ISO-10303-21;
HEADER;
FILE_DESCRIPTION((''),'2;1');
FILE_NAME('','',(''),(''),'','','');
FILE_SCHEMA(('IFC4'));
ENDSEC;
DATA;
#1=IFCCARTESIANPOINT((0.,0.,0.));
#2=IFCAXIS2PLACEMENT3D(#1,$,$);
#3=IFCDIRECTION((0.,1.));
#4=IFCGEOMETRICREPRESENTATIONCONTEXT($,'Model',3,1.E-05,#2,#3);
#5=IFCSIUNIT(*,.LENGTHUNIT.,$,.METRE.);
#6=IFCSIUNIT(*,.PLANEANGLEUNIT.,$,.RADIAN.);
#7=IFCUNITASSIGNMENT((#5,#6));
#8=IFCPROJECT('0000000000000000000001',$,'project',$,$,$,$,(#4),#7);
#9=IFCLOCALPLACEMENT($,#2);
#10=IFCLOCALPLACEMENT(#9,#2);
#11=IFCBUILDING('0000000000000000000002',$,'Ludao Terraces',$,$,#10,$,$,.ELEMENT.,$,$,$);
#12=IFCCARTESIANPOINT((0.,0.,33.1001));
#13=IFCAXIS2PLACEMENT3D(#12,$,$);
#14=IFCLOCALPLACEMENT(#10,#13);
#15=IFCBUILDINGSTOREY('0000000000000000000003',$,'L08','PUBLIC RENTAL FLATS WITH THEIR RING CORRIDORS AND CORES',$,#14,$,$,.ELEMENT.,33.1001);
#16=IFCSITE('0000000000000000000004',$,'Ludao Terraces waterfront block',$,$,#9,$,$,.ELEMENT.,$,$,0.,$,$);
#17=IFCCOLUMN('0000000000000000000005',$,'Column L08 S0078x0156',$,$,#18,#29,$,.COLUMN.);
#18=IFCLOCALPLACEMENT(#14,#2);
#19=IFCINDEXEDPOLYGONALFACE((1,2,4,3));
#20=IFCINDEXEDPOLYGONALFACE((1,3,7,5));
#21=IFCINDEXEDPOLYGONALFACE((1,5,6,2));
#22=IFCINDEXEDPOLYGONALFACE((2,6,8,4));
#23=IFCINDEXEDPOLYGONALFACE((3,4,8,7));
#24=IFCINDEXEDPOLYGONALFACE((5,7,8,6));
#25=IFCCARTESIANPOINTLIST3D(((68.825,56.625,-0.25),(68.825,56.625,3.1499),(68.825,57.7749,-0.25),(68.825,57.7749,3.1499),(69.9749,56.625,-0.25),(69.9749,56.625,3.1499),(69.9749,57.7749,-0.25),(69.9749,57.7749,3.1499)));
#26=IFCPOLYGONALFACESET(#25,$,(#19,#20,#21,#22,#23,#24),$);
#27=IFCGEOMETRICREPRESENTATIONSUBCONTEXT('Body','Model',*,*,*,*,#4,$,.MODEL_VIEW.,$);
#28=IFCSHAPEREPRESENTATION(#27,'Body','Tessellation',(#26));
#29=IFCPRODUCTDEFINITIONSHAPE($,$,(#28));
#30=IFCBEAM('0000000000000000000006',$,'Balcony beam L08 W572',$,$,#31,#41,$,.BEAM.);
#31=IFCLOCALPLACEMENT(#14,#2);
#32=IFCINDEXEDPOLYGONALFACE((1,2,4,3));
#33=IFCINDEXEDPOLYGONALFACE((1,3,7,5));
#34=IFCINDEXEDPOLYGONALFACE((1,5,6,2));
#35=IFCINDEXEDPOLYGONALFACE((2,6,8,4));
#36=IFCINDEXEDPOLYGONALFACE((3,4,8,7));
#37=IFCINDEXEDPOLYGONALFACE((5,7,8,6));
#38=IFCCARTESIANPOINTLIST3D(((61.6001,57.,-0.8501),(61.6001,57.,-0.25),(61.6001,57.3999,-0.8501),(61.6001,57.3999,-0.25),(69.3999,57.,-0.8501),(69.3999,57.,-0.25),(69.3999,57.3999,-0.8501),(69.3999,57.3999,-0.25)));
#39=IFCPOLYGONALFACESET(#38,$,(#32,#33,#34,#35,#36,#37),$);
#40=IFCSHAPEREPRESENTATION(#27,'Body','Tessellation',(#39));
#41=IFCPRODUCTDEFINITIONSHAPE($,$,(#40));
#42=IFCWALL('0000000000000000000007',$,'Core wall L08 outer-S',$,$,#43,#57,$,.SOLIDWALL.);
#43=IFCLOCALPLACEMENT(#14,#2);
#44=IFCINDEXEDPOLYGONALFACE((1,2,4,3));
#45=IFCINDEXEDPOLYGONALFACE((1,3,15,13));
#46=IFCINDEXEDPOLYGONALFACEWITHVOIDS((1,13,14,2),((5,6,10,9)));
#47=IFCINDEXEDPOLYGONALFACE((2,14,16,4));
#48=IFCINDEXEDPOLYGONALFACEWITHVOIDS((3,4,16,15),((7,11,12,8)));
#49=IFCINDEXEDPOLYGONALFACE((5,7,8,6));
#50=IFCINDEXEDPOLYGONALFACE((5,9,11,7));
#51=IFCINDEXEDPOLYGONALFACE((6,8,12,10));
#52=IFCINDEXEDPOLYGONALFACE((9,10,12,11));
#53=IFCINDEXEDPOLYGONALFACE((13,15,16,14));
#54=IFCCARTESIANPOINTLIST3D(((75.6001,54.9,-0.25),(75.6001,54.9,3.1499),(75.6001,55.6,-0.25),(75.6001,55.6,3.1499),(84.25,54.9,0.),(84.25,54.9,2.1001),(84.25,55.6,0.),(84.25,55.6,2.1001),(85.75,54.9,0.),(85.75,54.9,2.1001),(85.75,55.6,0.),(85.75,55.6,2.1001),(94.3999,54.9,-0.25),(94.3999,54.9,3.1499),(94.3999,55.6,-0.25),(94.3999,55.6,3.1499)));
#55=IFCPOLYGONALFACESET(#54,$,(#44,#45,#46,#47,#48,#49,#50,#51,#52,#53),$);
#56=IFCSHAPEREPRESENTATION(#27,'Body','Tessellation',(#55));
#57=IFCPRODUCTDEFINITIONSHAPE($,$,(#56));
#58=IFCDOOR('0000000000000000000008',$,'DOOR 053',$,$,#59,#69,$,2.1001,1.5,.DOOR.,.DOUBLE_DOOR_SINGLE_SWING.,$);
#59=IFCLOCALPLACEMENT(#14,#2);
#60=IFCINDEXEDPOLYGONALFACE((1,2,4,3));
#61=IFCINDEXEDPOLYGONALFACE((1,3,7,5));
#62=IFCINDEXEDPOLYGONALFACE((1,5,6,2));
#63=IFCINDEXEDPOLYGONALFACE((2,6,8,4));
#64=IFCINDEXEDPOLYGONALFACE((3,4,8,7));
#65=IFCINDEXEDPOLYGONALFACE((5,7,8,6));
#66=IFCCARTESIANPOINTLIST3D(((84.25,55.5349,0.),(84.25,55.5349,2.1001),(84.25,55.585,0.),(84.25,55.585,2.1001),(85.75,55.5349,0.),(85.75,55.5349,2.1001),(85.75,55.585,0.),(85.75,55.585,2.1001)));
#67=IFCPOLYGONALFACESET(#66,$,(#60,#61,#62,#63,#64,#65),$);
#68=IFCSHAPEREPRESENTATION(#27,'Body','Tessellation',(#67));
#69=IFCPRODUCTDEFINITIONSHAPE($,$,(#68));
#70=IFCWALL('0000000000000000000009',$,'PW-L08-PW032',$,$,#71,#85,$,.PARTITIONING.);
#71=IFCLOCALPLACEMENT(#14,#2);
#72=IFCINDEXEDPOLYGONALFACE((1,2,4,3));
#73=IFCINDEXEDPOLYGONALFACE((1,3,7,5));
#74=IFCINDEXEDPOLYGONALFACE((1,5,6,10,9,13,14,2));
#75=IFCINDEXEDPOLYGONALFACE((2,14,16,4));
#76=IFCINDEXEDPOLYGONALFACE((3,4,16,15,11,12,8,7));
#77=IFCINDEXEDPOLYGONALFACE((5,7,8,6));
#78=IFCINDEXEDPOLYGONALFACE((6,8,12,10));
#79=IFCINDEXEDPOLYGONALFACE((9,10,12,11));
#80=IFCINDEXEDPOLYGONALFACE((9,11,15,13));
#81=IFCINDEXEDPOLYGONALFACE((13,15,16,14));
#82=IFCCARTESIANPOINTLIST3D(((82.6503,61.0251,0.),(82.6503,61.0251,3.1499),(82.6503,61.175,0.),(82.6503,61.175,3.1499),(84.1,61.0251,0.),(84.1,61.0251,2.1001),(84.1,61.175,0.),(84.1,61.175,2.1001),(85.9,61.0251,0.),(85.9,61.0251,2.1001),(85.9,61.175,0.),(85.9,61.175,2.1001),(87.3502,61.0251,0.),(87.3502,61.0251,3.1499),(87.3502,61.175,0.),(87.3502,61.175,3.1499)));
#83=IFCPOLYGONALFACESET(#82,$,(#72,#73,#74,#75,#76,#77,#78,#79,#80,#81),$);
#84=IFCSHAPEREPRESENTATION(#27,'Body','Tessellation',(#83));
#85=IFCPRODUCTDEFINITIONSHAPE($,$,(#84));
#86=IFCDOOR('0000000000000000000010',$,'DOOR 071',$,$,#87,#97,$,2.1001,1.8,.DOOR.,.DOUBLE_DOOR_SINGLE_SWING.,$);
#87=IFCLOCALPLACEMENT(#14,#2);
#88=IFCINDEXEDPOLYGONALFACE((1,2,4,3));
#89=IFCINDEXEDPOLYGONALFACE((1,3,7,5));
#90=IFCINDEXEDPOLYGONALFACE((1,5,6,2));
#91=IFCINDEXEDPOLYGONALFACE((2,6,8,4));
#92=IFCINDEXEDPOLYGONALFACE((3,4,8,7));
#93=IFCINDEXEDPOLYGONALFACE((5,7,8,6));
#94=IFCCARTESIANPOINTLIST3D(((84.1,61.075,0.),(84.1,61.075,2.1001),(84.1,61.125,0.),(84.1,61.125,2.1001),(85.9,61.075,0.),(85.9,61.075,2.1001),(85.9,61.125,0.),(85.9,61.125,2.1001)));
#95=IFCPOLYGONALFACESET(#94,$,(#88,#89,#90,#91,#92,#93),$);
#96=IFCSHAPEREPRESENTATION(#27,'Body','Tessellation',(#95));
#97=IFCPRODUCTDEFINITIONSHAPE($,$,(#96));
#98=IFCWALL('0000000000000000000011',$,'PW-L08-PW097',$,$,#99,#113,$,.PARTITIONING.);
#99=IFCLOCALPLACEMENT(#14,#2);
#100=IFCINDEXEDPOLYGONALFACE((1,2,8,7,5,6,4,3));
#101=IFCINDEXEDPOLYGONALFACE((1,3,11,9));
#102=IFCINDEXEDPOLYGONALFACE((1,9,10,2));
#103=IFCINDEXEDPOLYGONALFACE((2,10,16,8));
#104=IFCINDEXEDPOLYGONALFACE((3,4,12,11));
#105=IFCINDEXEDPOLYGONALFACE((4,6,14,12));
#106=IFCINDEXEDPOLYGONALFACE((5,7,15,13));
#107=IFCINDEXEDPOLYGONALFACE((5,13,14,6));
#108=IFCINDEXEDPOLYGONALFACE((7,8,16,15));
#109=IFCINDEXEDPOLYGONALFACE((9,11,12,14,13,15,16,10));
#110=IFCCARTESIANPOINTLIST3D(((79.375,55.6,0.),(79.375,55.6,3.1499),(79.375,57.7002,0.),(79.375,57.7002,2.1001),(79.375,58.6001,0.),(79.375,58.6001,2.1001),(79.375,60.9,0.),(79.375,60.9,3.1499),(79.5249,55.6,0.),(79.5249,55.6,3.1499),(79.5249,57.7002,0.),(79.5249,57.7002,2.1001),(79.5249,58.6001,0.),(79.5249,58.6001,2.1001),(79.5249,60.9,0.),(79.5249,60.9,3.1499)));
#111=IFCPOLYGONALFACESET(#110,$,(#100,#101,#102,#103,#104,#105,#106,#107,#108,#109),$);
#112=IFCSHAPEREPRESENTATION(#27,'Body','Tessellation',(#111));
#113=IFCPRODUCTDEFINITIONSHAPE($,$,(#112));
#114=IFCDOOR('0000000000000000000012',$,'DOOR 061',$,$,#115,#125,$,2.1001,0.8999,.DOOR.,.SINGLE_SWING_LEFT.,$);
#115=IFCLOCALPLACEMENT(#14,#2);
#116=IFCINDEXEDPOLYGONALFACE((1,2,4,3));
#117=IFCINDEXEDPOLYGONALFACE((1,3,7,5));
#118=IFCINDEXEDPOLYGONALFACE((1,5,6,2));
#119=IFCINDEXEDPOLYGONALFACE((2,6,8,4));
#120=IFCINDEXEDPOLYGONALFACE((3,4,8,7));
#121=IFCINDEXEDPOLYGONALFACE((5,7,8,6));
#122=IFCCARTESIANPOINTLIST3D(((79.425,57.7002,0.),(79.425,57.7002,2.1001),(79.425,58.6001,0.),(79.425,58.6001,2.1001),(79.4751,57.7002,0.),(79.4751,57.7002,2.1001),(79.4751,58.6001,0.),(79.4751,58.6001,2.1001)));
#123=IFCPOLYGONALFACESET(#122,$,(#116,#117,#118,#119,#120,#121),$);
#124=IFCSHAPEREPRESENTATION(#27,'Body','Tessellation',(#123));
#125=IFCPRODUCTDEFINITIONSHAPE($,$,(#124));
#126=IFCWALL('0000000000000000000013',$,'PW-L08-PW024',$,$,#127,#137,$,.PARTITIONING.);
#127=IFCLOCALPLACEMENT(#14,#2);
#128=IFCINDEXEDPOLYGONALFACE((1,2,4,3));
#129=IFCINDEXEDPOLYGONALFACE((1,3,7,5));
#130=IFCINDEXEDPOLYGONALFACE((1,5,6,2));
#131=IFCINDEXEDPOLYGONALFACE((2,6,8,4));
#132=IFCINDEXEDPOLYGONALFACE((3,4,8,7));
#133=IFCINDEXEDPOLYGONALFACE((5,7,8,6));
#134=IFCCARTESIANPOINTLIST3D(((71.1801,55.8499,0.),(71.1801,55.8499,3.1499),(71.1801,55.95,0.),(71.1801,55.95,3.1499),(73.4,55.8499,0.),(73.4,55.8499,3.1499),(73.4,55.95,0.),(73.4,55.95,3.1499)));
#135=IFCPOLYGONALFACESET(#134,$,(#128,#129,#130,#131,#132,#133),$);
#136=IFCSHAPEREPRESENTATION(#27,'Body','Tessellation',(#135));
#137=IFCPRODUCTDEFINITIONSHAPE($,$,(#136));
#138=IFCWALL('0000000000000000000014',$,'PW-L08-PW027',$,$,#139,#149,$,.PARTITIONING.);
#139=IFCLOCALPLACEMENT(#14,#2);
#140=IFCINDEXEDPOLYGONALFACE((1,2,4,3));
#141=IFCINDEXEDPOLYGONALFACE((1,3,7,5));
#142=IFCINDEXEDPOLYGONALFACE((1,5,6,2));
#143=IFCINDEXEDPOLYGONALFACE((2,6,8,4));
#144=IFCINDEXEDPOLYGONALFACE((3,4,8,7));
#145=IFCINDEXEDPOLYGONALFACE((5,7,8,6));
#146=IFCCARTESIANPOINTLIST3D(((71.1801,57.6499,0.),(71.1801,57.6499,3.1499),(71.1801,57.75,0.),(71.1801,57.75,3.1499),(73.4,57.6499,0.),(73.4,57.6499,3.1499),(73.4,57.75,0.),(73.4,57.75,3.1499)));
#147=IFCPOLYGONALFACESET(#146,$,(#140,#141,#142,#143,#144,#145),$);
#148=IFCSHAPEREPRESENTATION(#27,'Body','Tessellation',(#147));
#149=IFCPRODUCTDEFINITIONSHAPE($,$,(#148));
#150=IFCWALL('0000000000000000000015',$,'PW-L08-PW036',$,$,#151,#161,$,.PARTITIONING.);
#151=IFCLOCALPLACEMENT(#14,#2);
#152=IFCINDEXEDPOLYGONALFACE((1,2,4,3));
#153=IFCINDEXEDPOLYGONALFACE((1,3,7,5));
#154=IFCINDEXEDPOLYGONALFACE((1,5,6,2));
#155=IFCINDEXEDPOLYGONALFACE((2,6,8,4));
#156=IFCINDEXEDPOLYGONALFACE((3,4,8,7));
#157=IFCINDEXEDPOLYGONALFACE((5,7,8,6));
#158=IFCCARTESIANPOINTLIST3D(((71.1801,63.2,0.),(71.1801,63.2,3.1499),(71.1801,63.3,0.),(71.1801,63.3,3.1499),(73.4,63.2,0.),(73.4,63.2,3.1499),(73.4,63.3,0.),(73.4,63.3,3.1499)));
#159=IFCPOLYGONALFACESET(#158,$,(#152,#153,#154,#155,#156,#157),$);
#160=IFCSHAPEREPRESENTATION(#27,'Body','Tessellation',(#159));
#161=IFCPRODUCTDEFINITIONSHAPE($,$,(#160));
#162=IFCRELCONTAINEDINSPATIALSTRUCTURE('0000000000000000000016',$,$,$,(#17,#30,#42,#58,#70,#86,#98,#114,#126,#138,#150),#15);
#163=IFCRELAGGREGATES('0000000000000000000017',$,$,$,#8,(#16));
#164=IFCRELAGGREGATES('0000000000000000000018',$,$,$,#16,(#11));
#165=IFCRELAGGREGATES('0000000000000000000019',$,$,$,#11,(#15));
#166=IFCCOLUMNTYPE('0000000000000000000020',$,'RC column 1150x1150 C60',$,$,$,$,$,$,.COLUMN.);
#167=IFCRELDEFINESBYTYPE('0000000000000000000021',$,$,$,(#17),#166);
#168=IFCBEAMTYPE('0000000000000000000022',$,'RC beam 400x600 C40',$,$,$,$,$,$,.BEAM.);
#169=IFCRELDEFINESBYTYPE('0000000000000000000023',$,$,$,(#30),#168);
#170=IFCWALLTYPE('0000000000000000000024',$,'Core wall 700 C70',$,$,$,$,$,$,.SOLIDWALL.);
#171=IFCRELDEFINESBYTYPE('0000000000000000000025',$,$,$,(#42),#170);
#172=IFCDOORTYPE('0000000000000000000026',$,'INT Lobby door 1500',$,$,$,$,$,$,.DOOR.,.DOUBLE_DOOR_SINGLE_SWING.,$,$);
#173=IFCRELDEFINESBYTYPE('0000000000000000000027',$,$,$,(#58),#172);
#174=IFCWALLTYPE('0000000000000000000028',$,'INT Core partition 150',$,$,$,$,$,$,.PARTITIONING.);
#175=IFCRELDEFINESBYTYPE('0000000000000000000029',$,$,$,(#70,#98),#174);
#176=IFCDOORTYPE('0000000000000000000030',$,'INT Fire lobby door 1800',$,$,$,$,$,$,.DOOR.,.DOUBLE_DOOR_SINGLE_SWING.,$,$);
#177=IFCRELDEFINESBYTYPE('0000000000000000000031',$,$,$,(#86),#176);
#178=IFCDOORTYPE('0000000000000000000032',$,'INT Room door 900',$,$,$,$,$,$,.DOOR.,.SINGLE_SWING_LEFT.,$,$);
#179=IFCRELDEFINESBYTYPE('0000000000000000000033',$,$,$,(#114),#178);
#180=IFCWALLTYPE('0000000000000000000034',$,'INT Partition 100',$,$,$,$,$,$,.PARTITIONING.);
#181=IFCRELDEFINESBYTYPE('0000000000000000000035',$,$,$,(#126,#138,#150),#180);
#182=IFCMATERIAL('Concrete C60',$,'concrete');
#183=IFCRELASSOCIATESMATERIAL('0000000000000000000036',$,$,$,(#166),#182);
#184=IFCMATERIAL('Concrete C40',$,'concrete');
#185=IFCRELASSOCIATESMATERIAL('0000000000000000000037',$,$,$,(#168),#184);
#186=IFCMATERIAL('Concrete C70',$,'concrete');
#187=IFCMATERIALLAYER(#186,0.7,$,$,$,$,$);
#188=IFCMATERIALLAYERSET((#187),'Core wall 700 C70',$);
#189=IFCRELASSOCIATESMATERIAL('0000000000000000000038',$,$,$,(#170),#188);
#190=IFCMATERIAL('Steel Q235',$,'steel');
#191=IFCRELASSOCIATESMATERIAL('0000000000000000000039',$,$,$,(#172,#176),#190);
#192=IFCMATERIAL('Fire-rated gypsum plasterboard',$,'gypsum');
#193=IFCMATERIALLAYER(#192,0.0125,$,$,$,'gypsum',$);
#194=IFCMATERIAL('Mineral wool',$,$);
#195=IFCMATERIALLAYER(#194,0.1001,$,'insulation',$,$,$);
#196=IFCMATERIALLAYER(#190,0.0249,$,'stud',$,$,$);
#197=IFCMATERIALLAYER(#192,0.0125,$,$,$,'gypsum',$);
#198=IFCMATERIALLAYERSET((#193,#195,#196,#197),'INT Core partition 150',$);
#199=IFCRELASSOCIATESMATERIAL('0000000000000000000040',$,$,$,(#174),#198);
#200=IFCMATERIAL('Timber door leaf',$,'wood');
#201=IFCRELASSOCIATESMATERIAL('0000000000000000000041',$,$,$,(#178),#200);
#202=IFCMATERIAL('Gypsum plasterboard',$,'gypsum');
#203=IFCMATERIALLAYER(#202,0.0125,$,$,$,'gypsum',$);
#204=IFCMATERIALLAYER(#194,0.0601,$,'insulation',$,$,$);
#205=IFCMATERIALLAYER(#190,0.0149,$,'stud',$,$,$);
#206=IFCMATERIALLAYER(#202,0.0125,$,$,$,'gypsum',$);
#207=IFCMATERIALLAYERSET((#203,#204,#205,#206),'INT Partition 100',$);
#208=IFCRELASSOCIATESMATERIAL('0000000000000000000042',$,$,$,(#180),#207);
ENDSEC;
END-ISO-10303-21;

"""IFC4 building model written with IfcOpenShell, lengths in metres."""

from ifc_helpers import new_model, si_unit, direction, frame, frame_2d, origin, origin_2d, place, context, subcontext, project, spatial, rectangle, extrude, material, layer, layer_set, material_profile, profile_set, type_object, element, fill, save


model = new_model("IFC4")

# Units and contexts
model_context = context("Model", 3, precision=1e-05, world=origin(), true_north=direction((0.0, 1.0)))
body_context = subcontext(model_context, "Body", "Model", "MODEL_VIEW")
ifc_project = project(units=[si_unit("LENGTHUNIT", "METRE"), si_unit("PLANEANGLEUNIT", "RADIAN")], contexts=[model_context])

# Site, building, storey
site_placement = place(None, origin())
site = spatial("IfcSite", under=ifc_project, at=site_placement, Name="Ludao Terraces waterfront block", CompositionType="ELEMENT", RefElevation=0.0)
building_placement = place(site_placement, origin())
building = spatial("IfcBuilding", under=site, at=building_placement, Name="Ludao Terraces", CompositionType="ELEMENT")
storey_placement = place(building_placement, frame((0.0, 0.0, 33.1001)))
storey = spatial("IfcBuildingStorey", under=building, at=storey_placement, Name="L08", Description="PUBLIC RENTAL FLATS WITH THEIR RING CORRIDORS AND CORES", CompositionType="ELEMENT", Elevation=33.1001)

# Column
ifc_material_1 = material(Name="Concrete C60", Category="concrete")
ifc_material_profile_1 = material_profile(ifc_material_1, rectangle(XDim=1.1499, YDim=1.1499, at=origin_2d()), Name="1150 X 1150")
ifc_profile_set_1 = profile_set([ifc_material_profile_1], Name="Concrete C60")
column_type = type_object("IfcColumnType", Name="RC column 1150x1150 C60", PredefinedType="COLUMN", material=ifc_profile_set_1)
column_placement = place(storey_placement, frame((69.3999, 57.2, -0.25), z_axis=(0.0, 0.0, 1.0), x_axis=(1.0, 0.0, 0.0)))
element("IfcColumn", 1, at=column_placement, inside=storey, type_object=column_type, Name="Column L08 S0078x0156", PredefinedType="COLUMN", context=body_context, shape_type="SweptSolid", body=[
    extrude(rectangle(XDim=1.1499, YDim=1.1499, at=origin_2d()), origin(), (0.0, 0.0, 1.0), 3.3999),
])

# Beam
ifc_material_2 = material(Name="Concrete C40", Category="concrete")
ifc_material_profile_2 = material_profile(ifc_material_2, rectangle(XDim=0.3999, YDim=0.6001, at=origin_2d()), Name="400 X 600")
ifc_profile_set_2 = profile_set([ifc_material_profile_2], Name="Concrete C40")
beam_type = type_object("IfcBeamType", Name="RC beam 400x600 C40", PredefinedType="BEAM", material=ifc_profile_set_2)
beam_placement = place(storey_placement, frame((69.3999, 57.2, -0.55), z_axis=(-1.0, 0.0, 0.0), x_axis=(0.0, -1.0, 0.0)))
element("IfcBeam", 2, at=beam_placement, inside=storey, type_object=beam_type, Name="Balcony beam L08 W572", PredefinedType="BEAM", context=body_context, shape_type="SweptSolid", body=[
    extrude(rectangle(XDim=0.3999, YDim=0.6001, at=origin_2d()), origin(), (0.0, 0.0, 1.0), 7.7998),
])

# Walls, openings, doors
ifc_material_3 = material(Name="Concrete C70", Category="concrete")
ifc_layer_1 = layer(ifc_material_3, 0.7)
ifc_layer_set_1 = layer_set([ifc_layer_1], Name="Core wall 700 C70")
wall_type_1 = type_object("IfcWallType", Name="Core wall 700 C70", PredefinedType="SOLIDWALL", material=ifc_layer_set_1)
wall_1_placement = place(storey_placement, frame((75.6001, 55.25, -0.25), z_axis=(0.0, 0.0, 1.0), x_axis=(1.0, 0.0, 0.0)))
wall_1 = element("IfcWall", 3, at=wall_1_placement, inside=storey, type_object=wall_type_1, Name="Core wall L08 outer-S", PredefinedType="SOLIDWALL", context=body_context, shape_type="SweptSolid", body=[
    extrude(rectangle(XDim=18.7998, YDim=0.7, at=frame_2d((9.3999, 0.0))), origin(), (0.0, 0.0, 1.0), 3.3999),
])
opening_1_placement = place(wall_1_placement, frame((8.6499, 0.0, 0.25)))
opening_1 = element("IfcOpeningElement", 4, at=opening_1_placement, cuts=wall_1, PredefinedType="OPENING", context=body_context, shape_type="SweptSolid", body=[
    extrude(rectangle(XDim=1.5, YDim=2.1001, at=frame_2d((0.75, 1.05))), frame((0.0, 0.3599, 0.0), z_axis=(0.0, -1.0, 0.0), x_axis=(1.0, 0.0, 0.0)), (0.0, 0.0, 1.0), 0.72),
])
ifc_material_4 = material(Name="Steel Q235", Category="steel")
door_type_1 = type_object("IfcDoorType", Name="INT Lobby door 1500", OperationType="DOUBLE_DOOR_SINGLE_SWING", PredefinedType="DOOR", material=ifc_material_4)
door_1_placement = place(opening_1_placement, origin())
door_1 = element("IfcDoor", 5, at=door_1_placement, inside=storey, type_object=door_type_1, Name="DOOR 053", OperationType="DOUBLE_DOOR_SINGLE_SWING", OverallHeight=2.1001, OverallWidth=1.5, PredefinedType="DOOR", context=body_context, shape_type="SweptSolid", body=[
    extrude(rectangle(XDim=1.5, YDim=2.1001, at=frame_2d((0.75, 1.05))), frame((0.0, 0.335, 0.0), z_axis=(0.0, -1.0, 0.0), x_axis=(1.0, 0.0, 0.0)), (0.0, 0.0, 1.0), 0.05),
])
fill(opening_1, door_1)
ifc_material_5 = material(Name="Fire-rated gypsum plasterboard", Category="gypsum")
ifc_layer_2 = layer(ifc_material_5, 0.0125, Category="gypsum")
ifc_material_6 = material(Name="Mineral wool")
ifc_layer_3 = layer(ifc_material_6, 0.1001, Name="insulation")
ifc_layer_4 = layer(ifc_material_4, 0.0249, Name="stud")
ifc_layer_5 = layer(ifc_material_5, 0.0125, Category="gypsum")
ifc_layer_set_2 = layer_set([ifc_layer_2, ifc_layer_3, ifc_layer_4, ifc_layer_5], Name="INT Core partition 150")
wall_type_2 = type_object("IfcWallType", Name="INT Core partition 150", PredefinedType="PARTITIONING", material=ifc_layer_set_2)
wall_2_placement = place(storey_placement, frame((82.6501, 61.1001, 0.0), z_axis=(0.0, 0.0, 1.0), x_axis=(1.0, 0.0, 0.0)))
wall_2 = element("IfcWall", 6, at=wall_2_placement, inside=storey, type_object=wall_type_2, Name="PW-L08-PW032", PredefinedType="PARTITIONING", context=body_context, shape_type="SweptSolid", body=[
    extrude(rectangle(XDim=4.7, YDim=0.1499, at=frame_2d((2.3501, 0.0))), origin(), (0.0, 0.0, 1.0), 3.1499),
])
opening_2_placement = place(wall_2_placement, frame((1.45, 0.0, 0.0)))
opening_2 = element("IfcOpeningElement", 7, at=opening_2_placement, cuts=wall_2, PredefinedType="OPENING", context=body_context, shape_type="SweptSolid", body=[
    extrude(rectangle(XDim=1.8, YDim=2.1001, at=frame_2d((0.8999, 1.05))), frame((0.0, 0.085, 0.0), z_axis=(0.0, -1.0, 0.0), x_axis=(1.0, 0.0, 0.0)), (0.0, 0.0, 1.0), 0.1699),
])
door_type_2 = type_object("IfcDoorType", Name="INT Fire lobby door 1800", OperationType="DOUBLE_DOOR_SINGLE_SWING", PredefinedType="DOOR", material=ifc_material_4)
door_2_placement = place(opening_2_placement, origin())
door_2 = element("IfcDoor", 8, at=door_2_placement, inside=storey, type_object=door_type_2, Name="DOOR 071", OperationType="DOUBLE_DOOR_SINGLE_SWING", OverallHeight=2.1001, OverallWidth=1.8, PredefinedType="DOOR", context=body_context, shape_type="SweptSolid", body=[
    extrude(rectangle(XDim=1.8, YDim=2.1001, at=frame_2d((0.8999, 1.05))), frame((0.0, 0.0249, 0.0), z_axis=(0.0, -1.0, 0.0), x_axis=(1.0, 0.0, 0.0)), (0.0, 0.0, 1.0), 0.05),
])
fill(opening_2, door_2)
wall_3_placement = place(storey_placement, frame((79.45, 55.6001, 0.0), z_axis=(0.0, 0.0, 1.0), x_axis=(0.0, 1.0, 0.0)))
wall_3 = element("IfcWall", 9, at=wall_3_placement, inside=storey, type_object=wall_type_2, Name="PW-L08-PW097", PredefinedType="PARTITIONING", context=body_context, shape_type="SweptSolid", body=[
    extrude(rectangle(XDim=5.3, YDim=0.1499, at=frame_2d((2.6499, 0.0))), origin(), (0.0, 0.0, 1.0), 3.1499),
])
opening_3_placement = place(wall_3_placement, frame((2.1001, 0.0, 0.0)))
opening_3 = element("IfcOpeningElement", 10, at=opening_3_placement, cuts=wall_3, PredefinedType="OPENING", context=body_context, shape_type="SweptSolid", body=[
    extrude(rectangle(XDim=0.8999, YDim=2.1001, at=frame_2d((0.45, 1.05))), frame((0.0, 0.085, 0.0), z_axis=(0.0, -1.0, 0.0), x_axis=(1.0, 0.0, 0.0)), (0.0, 0.0, 1.0), 0.1699),
])
ifc_material_7 = material(Name="Timber door leaf", Category="wood")
door_type_3 = type_object("IfcDoorType", Name="INT Room door 900", OperationType="SINGLE_SWING_LEFT", PredefinedType="DOOR", material=ifc_material_7)
door_3_placement = place(opening_3_placement, origin())
door_3 = element("IfcDoor", 11, at=door_3_placement, inside=storey, type_object=door_type_3, Name="DOOR 061", OperationType="SINGLE_SWING_LEFT", OverallHeight=2.1001, OverallWidth=0.8999, PredefinedType="DOOR", context=body_context, shape_type="SweptSolid", body=[
    extrude(rectangle(XDim=0.8999, YDim=2.1001, at=frame_2d((0.45, 1.05))), frame((0.0, 0.0249, 0.0), z_axis=(0.0, -1.0, 0.0), x_axis=(1.0, 0.0, 0.0)), (0.0, 0.0, 1.0), 0.05),
])
fill(opening_3, door_3)

# Walls
ifc_material_8 = material(Name="Gypsum plasterboard", Category="gypsum")
ifc_layer_6 = layer(ifc_material_8, 0.0125, Category="gypsum")
ifc_layer_7 = layer(ifc_material_6, 0.0601, Name="insulation")
ifc_layer_8 = layer(ifc_material_4, 0.0149, Name="stud")
ifc_layer_9 = layer(ifc_material_8, 0.0125, Category="gypsum")
ifc_layer_set_3 = layer_set([ifc_layer_6, ifc_layer_7, ifc_layer_8, ifc_layer_9], Name="INT Partition 100")
wall_type_3 = type_object("IfcWallType", Name="INT Partition 100", PredefinedType="PARTITIONING", material=ifc_layer_set_3)
for number, where, z_axis, x_axis, name in (
    (12, (71.1802, 55.8999, 0.0), (0.0, 0.0, 1.0), (1.0, 0.0, 0.0), "PW-L08-PW024"),
    (13, (71.1802, 57.7, 0.0), (0.0, 0.0, 1.0), (1.0, 0.0, 0.0), "PW-L08-PW027"),
    (14, (71.1802, 63.25, 0.0), (0.0, 0.0, 1.0), (1.0, 0.0, 0.0), "PW-L08-PW036"),
):
    element("IfcWall", number, at=place(storey_placement, frame(where, z_axis=z_axis, x_axis=x_axis)), inside=storey, type_object=wall_type_3, Name=name, PredefinedType="PARTITIONING", context=body_context, shape_type="SweptSolid", body=[
        extrude(rectangle(XDim=2.22, YDim=0.1001, at=frame_2d((1.1099, 0.0))), origin(), (0.0, 0.0, 1.0), 3.1499),
    ])

save(model, "model.ifc")
